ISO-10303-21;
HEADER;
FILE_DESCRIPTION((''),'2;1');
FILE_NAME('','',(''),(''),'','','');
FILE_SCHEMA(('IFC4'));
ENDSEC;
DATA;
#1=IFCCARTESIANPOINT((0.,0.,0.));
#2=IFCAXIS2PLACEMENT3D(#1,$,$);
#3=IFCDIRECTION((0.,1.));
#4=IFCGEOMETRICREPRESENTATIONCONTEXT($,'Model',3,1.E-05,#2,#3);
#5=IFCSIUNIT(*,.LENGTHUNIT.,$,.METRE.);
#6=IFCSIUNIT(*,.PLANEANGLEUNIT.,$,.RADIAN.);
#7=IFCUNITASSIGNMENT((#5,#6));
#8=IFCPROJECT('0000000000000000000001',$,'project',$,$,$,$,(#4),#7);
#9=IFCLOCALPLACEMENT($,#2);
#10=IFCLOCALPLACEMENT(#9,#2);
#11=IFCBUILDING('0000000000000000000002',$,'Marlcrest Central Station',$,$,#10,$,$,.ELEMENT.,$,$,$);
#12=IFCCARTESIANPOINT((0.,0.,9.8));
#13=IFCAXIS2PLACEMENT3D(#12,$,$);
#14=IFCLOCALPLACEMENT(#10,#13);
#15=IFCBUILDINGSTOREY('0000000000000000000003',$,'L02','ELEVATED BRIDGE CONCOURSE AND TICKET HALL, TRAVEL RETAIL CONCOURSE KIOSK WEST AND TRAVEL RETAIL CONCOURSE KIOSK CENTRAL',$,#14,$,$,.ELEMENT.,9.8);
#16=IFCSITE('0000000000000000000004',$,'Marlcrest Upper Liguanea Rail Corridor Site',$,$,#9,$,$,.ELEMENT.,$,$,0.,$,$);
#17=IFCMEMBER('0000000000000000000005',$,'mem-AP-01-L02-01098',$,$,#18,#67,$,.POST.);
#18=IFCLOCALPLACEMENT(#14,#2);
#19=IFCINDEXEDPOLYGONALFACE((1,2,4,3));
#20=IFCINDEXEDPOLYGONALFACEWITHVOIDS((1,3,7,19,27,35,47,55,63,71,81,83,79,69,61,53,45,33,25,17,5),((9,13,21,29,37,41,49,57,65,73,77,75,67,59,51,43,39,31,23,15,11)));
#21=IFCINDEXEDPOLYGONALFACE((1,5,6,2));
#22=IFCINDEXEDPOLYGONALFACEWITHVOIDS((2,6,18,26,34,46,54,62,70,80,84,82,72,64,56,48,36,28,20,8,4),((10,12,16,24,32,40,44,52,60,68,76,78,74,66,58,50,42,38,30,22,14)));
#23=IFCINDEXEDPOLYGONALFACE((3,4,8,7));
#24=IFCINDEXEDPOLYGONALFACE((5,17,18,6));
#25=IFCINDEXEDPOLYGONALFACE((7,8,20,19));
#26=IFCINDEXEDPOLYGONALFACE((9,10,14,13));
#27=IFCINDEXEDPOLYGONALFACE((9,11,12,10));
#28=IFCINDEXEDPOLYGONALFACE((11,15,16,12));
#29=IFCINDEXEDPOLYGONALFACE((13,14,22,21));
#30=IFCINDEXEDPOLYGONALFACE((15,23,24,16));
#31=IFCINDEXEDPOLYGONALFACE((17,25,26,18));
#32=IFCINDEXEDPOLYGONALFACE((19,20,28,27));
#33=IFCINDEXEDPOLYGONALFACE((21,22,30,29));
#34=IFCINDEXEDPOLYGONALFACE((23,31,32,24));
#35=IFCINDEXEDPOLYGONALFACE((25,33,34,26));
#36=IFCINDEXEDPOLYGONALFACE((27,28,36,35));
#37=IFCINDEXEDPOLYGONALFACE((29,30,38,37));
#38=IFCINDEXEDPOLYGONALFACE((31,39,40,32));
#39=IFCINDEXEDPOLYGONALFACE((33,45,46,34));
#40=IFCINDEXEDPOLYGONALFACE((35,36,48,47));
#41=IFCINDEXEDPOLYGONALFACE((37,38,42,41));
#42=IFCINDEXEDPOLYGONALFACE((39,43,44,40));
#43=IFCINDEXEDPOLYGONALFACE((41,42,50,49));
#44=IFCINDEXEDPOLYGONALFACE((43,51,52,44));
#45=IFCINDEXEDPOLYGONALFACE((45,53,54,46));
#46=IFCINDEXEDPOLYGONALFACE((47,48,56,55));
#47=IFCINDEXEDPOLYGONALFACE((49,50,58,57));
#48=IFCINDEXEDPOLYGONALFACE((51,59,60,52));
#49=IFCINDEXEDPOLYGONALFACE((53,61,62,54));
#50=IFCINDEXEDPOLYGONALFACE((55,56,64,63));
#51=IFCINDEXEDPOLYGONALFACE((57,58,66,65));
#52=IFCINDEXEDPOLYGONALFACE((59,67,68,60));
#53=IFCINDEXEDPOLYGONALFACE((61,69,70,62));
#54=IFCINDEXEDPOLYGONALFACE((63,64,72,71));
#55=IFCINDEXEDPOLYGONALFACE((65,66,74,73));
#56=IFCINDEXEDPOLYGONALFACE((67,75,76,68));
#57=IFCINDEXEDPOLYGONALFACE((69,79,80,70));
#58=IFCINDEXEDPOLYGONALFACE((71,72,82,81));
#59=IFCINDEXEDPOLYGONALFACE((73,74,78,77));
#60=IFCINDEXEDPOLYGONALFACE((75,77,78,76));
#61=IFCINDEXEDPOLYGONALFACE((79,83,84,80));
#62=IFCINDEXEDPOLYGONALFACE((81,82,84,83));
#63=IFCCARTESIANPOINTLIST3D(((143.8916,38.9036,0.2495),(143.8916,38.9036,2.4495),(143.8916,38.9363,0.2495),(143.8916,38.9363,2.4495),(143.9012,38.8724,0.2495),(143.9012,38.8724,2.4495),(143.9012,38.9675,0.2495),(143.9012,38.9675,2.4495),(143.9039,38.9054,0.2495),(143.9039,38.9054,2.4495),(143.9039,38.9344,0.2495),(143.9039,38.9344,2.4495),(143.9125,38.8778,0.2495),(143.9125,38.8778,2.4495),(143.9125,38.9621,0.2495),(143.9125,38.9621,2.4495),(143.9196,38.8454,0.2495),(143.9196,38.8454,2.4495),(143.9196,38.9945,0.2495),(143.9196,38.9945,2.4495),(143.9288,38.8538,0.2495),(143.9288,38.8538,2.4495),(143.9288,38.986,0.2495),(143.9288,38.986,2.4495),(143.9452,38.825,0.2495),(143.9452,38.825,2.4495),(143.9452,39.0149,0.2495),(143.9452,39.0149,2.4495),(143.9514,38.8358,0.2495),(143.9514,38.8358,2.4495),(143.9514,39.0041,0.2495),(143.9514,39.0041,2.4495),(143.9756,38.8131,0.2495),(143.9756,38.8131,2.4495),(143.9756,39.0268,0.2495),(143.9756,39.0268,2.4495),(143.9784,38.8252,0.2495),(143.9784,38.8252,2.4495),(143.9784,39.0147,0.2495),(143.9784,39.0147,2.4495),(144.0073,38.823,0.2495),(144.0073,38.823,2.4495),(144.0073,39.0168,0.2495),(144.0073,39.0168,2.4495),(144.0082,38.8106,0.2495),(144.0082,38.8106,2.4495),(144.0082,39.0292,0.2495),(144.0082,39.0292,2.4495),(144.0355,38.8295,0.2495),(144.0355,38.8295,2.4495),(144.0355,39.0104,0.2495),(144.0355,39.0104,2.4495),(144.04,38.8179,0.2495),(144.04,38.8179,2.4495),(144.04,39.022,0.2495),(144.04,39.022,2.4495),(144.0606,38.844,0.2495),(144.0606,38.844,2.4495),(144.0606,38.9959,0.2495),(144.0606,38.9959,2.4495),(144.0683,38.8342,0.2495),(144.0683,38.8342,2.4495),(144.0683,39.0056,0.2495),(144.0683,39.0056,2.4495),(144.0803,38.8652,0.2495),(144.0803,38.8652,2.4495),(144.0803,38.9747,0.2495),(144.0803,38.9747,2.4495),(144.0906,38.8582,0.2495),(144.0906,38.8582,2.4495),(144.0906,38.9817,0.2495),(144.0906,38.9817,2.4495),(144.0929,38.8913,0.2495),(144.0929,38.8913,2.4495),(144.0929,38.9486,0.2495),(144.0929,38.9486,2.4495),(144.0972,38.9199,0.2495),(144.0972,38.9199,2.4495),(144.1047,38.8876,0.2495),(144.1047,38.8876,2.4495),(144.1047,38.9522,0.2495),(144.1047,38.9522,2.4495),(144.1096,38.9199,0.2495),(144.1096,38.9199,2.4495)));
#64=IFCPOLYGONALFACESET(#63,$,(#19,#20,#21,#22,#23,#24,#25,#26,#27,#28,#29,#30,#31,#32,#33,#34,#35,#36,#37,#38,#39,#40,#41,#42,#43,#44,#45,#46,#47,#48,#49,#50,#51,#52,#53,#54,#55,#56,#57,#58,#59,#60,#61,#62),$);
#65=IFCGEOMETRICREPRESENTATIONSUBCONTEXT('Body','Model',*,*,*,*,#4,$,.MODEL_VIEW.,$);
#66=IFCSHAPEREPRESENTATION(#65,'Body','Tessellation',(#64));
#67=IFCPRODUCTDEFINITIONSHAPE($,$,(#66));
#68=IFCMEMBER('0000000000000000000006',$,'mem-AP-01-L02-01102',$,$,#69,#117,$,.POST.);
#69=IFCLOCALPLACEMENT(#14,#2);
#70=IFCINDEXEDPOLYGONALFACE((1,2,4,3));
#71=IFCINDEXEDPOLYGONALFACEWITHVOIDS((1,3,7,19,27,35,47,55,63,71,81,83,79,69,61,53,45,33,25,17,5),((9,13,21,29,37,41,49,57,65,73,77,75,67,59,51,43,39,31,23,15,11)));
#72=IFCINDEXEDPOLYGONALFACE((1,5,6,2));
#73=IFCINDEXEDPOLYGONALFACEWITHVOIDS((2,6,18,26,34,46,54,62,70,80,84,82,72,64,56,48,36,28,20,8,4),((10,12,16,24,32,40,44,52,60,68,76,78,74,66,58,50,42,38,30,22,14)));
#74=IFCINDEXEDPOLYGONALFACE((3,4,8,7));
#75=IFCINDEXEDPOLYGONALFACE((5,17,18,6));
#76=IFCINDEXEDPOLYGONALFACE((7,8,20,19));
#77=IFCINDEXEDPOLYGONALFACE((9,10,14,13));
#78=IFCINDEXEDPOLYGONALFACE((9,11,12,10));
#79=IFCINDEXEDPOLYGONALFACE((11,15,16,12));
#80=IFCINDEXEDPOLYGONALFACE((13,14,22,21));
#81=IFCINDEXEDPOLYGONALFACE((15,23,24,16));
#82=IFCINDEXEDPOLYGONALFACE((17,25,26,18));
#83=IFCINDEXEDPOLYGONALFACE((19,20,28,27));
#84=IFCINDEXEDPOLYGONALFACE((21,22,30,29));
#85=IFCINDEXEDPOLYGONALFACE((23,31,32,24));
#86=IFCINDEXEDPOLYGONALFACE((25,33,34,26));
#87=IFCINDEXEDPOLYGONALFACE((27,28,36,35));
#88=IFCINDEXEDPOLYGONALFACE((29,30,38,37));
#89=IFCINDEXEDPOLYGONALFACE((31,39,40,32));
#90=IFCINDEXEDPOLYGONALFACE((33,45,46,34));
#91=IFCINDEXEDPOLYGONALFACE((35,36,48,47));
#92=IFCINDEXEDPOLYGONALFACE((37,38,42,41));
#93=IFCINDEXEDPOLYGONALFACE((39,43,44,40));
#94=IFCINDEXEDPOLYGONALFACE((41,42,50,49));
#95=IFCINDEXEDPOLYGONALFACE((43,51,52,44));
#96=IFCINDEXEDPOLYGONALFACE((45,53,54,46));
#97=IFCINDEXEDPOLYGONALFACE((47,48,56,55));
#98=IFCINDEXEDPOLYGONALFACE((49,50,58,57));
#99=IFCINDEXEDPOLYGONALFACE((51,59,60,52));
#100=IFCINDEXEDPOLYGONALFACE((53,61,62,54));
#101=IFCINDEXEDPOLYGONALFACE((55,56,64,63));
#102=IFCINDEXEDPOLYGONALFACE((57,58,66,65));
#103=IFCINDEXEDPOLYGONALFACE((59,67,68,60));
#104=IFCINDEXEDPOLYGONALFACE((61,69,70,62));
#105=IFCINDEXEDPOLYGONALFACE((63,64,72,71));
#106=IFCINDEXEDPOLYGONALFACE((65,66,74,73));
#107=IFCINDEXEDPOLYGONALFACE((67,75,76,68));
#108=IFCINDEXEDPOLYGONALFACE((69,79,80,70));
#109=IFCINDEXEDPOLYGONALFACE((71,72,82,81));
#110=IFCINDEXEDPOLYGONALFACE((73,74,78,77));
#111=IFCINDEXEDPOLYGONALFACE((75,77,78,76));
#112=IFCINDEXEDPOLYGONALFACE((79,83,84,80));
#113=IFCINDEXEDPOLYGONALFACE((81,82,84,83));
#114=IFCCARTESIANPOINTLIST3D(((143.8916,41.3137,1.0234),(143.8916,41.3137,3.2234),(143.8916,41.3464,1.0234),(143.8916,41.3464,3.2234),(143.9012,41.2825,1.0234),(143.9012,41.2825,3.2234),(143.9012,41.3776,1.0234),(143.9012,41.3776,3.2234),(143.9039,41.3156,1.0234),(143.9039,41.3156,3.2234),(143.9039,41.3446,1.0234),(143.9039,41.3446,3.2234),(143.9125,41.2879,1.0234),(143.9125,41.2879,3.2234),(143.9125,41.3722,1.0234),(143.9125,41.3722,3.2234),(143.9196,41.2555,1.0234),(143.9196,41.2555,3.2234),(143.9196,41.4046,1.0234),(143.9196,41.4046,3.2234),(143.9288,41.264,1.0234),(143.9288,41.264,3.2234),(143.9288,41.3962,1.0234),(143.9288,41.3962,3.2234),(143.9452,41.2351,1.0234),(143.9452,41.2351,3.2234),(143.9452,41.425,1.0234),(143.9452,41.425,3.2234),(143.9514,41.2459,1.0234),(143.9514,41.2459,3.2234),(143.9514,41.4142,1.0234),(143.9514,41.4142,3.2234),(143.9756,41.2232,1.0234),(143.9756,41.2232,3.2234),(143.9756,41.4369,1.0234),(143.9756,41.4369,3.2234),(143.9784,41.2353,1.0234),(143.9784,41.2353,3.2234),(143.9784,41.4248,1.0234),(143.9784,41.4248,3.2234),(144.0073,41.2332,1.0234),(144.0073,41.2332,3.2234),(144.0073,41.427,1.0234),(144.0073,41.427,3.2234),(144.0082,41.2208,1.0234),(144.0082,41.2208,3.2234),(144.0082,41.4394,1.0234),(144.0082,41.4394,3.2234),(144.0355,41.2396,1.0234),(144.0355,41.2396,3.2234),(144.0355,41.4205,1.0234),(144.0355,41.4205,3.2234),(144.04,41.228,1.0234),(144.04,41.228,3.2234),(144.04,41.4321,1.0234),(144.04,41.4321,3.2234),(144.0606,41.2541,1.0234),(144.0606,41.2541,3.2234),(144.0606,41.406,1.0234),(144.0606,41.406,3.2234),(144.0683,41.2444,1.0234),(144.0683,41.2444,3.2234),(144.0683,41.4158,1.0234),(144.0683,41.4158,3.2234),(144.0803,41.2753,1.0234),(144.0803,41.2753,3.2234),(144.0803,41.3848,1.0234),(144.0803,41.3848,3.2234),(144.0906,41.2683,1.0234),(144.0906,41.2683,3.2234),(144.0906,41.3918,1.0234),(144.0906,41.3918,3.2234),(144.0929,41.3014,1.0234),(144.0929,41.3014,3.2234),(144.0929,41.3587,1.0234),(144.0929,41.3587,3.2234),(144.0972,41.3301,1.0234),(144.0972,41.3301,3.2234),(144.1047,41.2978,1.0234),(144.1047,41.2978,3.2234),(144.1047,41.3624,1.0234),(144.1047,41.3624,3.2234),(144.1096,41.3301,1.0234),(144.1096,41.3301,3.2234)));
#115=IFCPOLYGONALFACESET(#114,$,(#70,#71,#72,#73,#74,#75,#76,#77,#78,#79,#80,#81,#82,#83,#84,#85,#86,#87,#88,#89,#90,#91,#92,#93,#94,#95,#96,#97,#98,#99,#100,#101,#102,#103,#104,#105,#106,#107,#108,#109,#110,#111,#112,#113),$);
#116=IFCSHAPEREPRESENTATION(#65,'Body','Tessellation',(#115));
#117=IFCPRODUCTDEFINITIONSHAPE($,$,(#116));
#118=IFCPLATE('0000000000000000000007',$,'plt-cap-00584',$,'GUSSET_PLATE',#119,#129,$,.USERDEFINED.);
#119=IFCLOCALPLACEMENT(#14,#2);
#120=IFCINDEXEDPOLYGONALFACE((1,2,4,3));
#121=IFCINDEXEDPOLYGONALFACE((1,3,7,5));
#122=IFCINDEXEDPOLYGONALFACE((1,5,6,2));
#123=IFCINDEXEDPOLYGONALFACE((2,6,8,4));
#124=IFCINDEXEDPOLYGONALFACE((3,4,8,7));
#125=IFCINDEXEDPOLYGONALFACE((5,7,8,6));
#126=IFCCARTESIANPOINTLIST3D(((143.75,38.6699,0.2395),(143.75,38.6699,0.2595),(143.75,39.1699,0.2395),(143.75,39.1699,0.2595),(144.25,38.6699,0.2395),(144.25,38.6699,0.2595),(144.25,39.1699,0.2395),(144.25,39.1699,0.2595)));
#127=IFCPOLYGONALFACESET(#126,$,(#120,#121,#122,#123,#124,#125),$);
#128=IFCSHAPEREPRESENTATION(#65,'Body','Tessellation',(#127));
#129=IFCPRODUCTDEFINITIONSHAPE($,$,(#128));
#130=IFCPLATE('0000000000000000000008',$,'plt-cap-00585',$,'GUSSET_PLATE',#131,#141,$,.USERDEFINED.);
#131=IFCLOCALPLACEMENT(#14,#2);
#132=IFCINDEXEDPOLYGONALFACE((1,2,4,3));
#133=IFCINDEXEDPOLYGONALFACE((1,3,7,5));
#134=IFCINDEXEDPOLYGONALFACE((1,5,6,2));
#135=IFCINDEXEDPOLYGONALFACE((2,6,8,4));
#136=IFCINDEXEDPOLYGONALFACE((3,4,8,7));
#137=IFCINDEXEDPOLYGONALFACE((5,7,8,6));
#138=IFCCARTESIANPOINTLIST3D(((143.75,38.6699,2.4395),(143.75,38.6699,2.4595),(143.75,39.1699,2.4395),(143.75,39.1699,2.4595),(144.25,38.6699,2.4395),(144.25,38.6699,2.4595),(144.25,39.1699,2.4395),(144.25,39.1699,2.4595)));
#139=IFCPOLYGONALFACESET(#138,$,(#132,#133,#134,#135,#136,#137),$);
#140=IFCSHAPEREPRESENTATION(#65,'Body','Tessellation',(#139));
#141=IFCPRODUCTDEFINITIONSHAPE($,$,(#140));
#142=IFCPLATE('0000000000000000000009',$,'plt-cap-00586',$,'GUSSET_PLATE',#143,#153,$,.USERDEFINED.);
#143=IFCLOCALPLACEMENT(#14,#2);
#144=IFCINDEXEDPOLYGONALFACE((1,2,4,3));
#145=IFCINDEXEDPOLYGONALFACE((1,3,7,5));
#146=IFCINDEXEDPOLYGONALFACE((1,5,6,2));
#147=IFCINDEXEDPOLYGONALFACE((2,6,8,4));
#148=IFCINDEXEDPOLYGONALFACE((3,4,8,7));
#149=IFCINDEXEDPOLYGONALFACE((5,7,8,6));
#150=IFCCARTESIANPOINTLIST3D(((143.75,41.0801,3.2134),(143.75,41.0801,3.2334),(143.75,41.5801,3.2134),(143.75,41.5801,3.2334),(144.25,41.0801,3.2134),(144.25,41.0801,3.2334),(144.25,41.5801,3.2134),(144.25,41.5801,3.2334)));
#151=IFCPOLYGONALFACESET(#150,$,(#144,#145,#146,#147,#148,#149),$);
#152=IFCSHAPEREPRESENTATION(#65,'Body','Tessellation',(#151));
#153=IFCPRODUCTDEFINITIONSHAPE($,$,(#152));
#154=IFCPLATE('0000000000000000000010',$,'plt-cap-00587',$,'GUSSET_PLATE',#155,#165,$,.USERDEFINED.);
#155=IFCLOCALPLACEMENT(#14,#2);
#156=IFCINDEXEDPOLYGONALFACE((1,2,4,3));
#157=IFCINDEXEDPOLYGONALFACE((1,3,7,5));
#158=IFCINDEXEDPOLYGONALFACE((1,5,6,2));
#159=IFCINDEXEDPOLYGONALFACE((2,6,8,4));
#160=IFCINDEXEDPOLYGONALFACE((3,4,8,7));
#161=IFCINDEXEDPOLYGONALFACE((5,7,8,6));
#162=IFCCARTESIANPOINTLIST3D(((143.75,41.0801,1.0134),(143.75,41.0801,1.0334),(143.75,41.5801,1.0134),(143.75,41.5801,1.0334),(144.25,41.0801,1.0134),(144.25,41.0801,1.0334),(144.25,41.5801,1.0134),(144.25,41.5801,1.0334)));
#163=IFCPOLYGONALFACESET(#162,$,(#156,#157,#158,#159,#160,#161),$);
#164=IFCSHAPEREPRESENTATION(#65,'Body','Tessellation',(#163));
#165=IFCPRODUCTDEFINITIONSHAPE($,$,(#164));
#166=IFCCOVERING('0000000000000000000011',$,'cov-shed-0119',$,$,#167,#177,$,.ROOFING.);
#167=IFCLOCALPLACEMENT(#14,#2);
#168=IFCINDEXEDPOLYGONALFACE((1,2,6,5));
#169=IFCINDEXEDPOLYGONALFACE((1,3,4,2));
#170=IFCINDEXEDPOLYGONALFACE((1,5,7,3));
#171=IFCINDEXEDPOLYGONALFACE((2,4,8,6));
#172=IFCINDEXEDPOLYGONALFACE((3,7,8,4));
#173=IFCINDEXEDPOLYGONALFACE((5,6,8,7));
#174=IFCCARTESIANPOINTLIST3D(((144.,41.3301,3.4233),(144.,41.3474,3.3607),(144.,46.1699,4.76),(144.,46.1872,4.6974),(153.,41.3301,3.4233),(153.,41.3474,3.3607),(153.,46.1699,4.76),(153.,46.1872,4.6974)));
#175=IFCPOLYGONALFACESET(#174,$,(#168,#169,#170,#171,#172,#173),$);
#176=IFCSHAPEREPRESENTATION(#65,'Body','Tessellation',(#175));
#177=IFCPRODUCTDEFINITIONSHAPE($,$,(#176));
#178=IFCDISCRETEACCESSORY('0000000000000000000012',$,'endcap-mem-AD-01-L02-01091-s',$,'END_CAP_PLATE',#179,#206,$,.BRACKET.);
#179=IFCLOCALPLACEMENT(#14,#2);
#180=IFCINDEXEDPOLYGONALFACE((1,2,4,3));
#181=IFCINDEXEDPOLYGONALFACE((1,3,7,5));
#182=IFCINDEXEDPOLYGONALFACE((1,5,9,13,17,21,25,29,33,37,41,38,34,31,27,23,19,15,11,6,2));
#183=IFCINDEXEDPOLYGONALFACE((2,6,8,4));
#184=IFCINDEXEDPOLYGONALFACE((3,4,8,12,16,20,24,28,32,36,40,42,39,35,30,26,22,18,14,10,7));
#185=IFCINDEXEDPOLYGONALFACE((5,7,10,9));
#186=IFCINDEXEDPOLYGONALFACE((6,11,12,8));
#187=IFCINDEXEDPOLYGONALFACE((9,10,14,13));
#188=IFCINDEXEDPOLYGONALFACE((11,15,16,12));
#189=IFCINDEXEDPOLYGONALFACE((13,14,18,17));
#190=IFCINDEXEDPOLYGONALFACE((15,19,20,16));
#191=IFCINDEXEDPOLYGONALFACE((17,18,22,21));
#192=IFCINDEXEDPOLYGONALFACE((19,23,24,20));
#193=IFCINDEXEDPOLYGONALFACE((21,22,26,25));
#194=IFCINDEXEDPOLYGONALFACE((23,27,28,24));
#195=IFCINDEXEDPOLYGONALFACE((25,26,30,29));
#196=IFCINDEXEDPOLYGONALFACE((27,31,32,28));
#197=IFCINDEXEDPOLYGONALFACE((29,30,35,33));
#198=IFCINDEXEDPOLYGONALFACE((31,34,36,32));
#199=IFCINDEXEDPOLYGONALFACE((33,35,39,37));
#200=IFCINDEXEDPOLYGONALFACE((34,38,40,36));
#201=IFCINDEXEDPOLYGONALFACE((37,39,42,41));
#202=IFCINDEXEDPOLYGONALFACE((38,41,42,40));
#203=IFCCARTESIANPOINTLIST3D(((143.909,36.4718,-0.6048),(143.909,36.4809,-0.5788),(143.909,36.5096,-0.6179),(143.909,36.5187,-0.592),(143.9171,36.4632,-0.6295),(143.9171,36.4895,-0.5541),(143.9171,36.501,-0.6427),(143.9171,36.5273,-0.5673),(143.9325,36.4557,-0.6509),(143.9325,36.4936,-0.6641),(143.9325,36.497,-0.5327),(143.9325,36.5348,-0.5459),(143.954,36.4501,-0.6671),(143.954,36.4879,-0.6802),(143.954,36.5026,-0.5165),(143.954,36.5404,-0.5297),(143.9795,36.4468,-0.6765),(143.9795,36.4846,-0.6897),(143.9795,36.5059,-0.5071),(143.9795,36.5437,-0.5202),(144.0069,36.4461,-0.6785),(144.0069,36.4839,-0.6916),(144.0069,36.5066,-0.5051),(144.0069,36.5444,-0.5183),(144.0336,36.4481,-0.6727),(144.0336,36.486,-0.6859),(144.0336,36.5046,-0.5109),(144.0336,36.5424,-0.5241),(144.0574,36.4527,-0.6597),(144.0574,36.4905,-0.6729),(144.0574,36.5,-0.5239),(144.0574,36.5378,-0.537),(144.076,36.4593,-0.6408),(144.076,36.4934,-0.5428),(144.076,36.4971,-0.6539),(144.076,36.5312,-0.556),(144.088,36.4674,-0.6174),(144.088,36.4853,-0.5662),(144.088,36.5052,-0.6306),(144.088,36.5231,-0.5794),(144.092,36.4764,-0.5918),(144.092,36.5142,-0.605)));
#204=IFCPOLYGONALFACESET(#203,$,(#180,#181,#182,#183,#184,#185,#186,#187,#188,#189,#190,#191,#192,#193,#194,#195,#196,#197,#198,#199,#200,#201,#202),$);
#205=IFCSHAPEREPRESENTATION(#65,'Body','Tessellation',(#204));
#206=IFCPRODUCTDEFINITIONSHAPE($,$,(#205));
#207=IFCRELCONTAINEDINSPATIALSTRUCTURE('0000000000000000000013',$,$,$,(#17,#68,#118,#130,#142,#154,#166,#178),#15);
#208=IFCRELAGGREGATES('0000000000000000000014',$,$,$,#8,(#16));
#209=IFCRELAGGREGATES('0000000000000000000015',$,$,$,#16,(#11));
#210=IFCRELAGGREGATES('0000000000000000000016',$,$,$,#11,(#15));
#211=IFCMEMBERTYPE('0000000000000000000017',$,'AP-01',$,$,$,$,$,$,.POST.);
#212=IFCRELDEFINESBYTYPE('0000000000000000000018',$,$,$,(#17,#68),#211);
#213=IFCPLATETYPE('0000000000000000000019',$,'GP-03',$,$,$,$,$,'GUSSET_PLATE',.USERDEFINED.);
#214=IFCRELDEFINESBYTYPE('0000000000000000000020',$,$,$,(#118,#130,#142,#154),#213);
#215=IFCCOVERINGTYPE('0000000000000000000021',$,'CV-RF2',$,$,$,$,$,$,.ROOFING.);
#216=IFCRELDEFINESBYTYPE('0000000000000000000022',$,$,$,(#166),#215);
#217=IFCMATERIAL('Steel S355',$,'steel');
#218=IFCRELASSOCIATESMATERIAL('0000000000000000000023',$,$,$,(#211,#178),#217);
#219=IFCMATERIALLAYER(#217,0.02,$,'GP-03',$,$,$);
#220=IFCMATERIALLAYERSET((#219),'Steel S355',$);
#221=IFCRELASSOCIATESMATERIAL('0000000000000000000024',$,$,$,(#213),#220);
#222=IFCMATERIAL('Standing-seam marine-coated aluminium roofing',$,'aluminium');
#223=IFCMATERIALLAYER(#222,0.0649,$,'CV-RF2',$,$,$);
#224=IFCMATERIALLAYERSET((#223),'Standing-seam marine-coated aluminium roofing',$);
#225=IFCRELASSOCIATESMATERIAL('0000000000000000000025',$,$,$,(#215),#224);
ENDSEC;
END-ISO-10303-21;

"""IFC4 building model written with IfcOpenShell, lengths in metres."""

from ifc_helpers import new_model, si_unit, direction, frame, origin, origin_2d, place, context, subcontext, project, spatial, polyline, rectangle, circle, hollow_circle, outline, extrude, material, layer, layer_set, material_profile, profile_set, type_object, element, save


model = new_model("IFC4")

# Units and contexts
model_context = context("Model", 3, precision=1e-05, world=origin(), true_north=direction((0.0, 1.0)))
body_context = subcontext(model_context, "Body", "Model", "MODEL_VIEW")
ifc_project = project(units=[si_unit("LENGTHUNIT", "METRE"), si_unit("PLANEANGLEUNIT", "RADIAN")], contexts=[model_context])

# Site, building, storey
site_placement = place(None, origin())
site = spatial("IfcSite", under=ifc_project, at=site_placement, Name="Marlcrest Upper Liguanea Rail Corridor Site", CompositionType="ELEMENT", RefElevation=0.0)
building_placement = place(site_placement, origin())
building = spatial("IfcBuilding", under=site, at=building_placement, Name="Marlcrest Central Station", CompositionType="ELEMENT")
storey_placement = place(building_placement, frame((0.0, 0.0, 9.8)))
storey = spatial("IfcBuildingStorey", under=building, at=storey_placement, Name="L02", Description="ELEVATED BRIDGE CONCOURSE AND TICKET HALL, TRAVEL RETAIL CONCOURSE KIOSK WEST AND TRAVEL RETAIL CONCOURSE KIOSK CENTRAL", CompositionType="ELEMENT", Elevation=9.8)

# Members
ifc_material_1 = material(Name="Steel S355", Category="steel")
ifc_material_profile_1 = material_profile(ifc_material_1, hollow_circle(Radius=0.1096, WallThickness=0.0125, at=origin_2d()), Name="CHS 219.1x12.5")
ifc_profile_set_1 = profile_set([ifc_material_profile_1], Name="Steel S355")
member_type_1 = type_object("IfcMemberType", Name="AP-01", PredefinedType="POST", material=ifc_profile_set_1)
for number, where, z_axis, x_axis, name in (
    (1, (144.0, 38.9199, 0.2495), (0.0, 0.0, 1.0), (1.0, 0.0, 0.0), "mem-AP-01-L02-01098"),
    (2, (144.0, 41.3301, 1.0234), (0.0, 0.0, 1.0), (1.0, 0.0, 0.0), "mem-AP-01-L02-01102"),
):
    element("IfcMember", number, at=place(storey_placement, frame(where, z_axis=z_axis, x_axis=x_axis)), inside=storey, type_object=member_type_1, Name=name, PredefinedType="POST", context=body_context, shape_type="SweptSolid", body=[
        extrude(hollow_circle(Radius=0.1096, WallThickness=0.0125, at=origin_2d()), origin(), (0.0, 0.0, 1.0), 2.2),
    ])

# Plates
ifc_layer_1 = layer(ifc_material_1, 0.02, Name="GP-03")
ifc_layer_set_1 = layer_set([ifc_layer_1], Name="Steel S355")
plate_type = type_object("IfcPlateType", Name="GP-03", ElementType="GUSSET_PLATE", PredefinedType="USERDEFINED", material=ifc_layer_set_1)
for number, where, z_axis, x_axis, name in (
    (3, (144.0, 38.9199, 0.2395), (0.0, 0.0, 1.0), (1.0, 0.0, 0.0), "plt-cap-00584"),
    (4, (144.0, 38.9199, 2.4395), (0.0, 0.0, 1.0), (1.0, 0.0, 0.0), "plt-cap-00585"),
    (5, (144.0, 41.3301, 3.2134), (0.0, 0.0, 1.0), (1.0, 0.0, 0.0), "plt-cap-00586"),
    (6, (144.0, 41.3301, 1.0134), (0.0, 0.0, 1.0), (1.0, 0.0, 0.0), "plt-cap-00587"),
):
    element("IfcPlate", number, at=place(storey_placement, frame(where, z_axis=z_axis, x_axis=x_axis)), inside=storey, type_object=plate_type, Name=name, ObjectType="GUSSET_PLATE", PredefinedType="USERDEFINED", context=body_context, shape_type="SweptSolid", body=[
        extrude(rectangle(XDim=0.5, YDim=0.5, at=origin_2d()), origin(), (0.0, 0.0, 1.0), 0.02),
    ])

# Covering
ifc_material_2 = material(Name="Standing-seam marine-coated aluminium roofing", Category="aluminium")
ifc_layer_2 = layer(ifc_material_2, 0.0649, Name="CV-RF2")
ifc_layer_set_2 = layer_set([ifc_layer_2], Name="Standing-seam marine-coated aluminium roofing")
covering_type = type_object("IfcCoveringType", Name="CV-RF2", PredefinedType="ROOFING", material=ifc_layer_set_2)
covering_placement = place(storey_placement, frame((144.0, 41.3301, 3.4233), z_axis=(0.0, -0.266214, 0.963914), x_axis=(1.0, 0.0, 0.0)))
element("IfcCovering", 7, at=covering_placement, inside=storey, type_object=covering_type, Name="cov-shed-0119", PredefinedType="ROOFING", context=body_context, shape_type="SweptSolid", body=[
    extrude(outline(polyline([(0.0, 0.0), (9.0, 0.0), (9.0, 5.021), (0.0, 5.021), (0.0, 0.0)])), origin(), (0.0, 0.0, -1.0), 0.0649),
])

# Discrete accessory
discrete_accessory_1_placement = place(storey_placement, frame((144.0, 36.5142, -0.605), z_axis=(0.0, -0.94426, 0.3292), x_axis=(1.0, 0.0, 0.0)))
element("IfcDiscreteAccessory", 8, at=discrete_accessory_1_placement, inside=storey, material=ifc_material_1, Name="endcap-mem-AD-01-L02-01091-s", ObjectType="END_CAP_PLATE", PredefinedType="BRACKET", context=body_context, shape_type="SweptSolid", body=[
    extrude(circle(Radius=0.092, at=origin_2d()), origin(), (0.0, 0.0, 1.0), 0.04),
])

save(model, "model.ifc")
